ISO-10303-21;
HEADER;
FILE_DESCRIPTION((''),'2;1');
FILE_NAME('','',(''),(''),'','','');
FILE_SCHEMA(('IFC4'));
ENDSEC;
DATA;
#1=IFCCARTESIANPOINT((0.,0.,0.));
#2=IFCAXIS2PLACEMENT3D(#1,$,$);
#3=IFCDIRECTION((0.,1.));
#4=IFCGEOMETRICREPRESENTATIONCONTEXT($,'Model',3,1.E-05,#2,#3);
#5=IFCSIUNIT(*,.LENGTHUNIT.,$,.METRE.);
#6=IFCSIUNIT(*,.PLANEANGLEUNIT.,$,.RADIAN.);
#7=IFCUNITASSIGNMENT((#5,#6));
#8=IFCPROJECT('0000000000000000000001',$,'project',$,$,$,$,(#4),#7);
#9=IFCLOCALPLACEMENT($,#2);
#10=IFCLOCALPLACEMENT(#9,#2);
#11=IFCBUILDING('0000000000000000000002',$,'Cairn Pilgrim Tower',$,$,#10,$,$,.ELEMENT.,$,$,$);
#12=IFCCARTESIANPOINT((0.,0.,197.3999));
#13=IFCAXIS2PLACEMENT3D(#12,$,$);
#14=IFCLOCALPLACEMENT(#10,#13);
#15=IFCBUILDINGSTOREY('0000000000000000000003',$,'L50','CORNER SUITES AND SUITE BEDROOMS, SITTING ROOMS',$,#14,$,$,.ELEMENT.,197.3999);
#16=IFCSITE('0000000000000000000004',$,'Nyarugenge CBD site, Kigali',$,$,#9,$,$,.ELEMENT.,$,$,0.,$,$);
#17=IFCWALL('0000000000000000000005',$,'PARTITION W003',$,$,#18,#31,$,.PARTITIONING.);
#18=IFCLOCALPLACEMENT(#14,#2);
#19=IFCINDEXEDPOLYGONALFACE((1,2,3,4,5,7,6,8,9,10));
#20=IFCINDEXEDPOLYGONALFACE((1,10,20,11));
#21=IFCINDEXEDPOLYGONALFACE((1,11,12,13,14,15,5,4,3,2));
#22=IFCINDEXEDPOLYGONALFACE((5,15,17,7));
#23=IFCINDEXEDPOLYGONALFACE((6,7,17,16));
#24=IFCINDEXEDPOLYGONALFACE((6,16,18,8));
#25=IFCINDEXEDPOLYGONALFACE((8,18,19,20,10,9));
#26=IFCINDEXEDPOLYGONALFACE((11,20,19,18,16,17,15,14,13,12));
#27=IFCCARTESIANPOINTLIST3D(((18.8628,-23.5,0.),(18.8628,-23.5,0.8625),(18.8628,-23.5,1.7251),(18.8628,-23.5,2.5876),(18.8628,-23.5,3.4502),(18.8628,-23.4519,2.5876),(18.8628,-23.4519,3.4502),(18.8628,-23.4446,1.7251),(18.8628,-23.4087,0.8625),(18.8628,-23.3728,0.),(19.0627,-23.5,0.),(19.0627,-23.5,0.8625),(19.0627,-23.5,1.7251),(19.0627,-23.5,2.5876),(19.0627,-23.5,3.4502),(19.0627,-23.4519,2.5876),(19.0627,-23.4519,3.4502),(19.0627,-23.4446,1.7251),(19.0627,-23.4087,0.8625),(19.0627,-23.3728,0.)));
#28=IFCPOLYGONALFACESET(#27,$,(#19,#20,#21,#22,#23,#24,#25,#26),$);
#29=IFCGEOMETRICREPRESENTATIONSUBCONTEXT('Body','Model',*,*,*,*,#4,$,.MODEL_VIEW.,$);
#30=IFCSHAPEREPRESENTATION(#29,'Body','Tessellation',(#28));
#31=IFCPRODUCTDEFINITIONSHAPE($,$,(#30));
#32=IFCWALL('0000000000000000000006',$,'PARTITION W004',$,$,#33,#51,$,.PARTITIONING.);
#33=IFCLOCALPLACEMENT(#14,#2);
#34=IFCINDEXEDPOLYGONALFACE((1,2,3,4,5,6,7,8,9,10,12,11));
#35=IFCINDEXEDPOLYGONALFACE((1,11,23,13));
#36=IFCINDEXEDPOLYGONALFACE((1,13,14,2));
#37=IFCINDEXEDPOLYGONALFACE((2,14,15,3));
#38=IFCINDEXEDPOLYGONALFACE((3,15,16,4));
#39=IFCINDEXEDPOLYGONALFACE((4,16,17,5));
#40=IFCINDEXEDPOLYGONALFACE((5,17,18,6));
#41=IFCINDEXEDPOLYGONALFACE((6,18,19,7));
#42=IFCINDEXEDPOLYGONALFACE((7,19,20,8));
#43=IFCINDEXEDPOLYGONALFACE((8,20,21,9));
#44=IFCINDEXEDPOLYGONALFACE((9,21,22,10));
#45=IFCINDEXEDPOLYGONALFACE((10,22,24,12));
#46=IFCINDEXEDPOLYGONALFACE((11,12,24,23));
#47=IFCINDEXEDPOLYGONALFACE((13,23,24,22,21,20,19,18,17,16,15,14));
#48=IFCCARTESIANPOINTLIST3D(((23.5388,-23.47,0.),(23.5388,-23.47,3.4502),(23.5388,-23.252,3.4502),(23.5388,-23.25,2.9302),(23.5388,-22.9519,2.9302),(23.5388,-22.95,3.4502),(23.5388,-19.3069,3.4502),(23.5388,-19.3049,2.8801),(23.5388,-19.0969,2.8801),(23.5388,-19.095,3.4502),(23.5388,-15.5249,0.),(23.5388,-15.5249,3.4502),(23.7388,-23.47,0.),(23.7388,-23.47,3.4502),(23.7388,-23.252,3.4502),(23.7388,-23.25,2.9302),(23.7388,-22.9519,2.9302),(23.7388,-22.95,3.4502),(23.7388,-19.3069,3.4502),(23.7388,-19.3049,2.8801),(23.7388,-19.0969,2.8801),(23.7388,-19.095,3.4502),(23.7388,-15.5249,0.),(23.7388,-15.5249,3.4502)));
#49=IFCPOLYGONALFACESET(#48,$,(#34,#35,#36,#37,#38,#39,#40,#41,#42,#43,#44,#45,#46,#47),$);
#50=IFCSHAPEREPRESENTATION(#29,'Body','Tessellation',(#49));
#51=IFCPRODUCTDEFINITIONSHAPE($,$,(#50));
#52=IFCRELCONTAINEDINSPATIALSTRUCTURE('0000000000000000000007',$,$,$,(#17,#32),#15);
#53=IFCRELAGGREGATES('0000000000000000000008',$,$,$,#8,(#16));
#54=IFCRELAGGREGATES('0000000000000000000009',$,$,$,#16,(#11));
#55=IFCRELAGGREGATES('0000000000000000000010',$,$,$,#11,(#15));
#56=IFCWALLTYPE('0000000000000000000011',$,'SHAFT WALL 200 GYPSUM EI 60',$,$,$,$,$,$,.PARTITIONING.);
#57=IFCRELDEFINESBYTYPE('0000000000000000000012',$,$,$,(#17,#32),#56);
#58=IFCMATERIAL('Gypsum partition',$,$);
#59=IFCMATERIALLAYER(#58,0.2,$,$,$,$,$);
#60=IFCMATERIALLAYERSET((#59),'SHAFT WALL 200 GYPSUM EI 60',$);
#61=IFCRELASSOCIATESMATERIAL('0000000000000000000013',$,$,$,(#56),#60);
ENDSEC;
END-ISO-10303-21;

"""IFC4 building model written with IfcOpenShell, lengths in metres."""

from ifc_helpers import new_model, si_unit, direction, frame, origin, place, context, subcontext, project, spatial, polyline, outline, extrude, material, layer, layer_set, type_object, element, save


model = new_model("IFC4")

# Units and contexts
model_context = context("Model", 3, precision=1e-05, world=origin(), true_north=direction((0.0, 1.0)))
body_context = subcontext(model_context, "Body", "Model", "MODEL_VIEW")
ifc_project = project(units=[si_unit("LENGTHUNIT", "METRE"), si_unit("PLANEANGLEUNIT", "RADIAN")], contexts=[model_context])

# Site, building, storey
site_placement = place(None, origin())
site = spatial("IfcSite", under=ifc_project, at=site_placement, Name="Nyarugenge CBD site, Kigali", CompositionType="ELEMENT", RefElevation=0.0)
building_placement = place(site_placement, origin())
building = spatial("IfcBuilding", under=site, at=building_placement, Name="Cairn Pilgrim Tower", CompositionType="ELEMENT")
storey_placement = place(building_placement, frame((0.0, 0.0, 197.3999)))
storey = spatial("IfcBuildingStorey", under=building, at=storey_placement, Name="L50", Description="CORNER SUITES AND SUITE BEDROOMS, SITTING ROOMS", CompositionType="ELEMENT", Elevation=197.3999)

# Shared definitions
ifc_material_1 = material(Name="Gypsum partition")

# Walls
ifc_layer_1 = layer(ifc_material_1, 0.2)
ifc_layer_set_1 = layer_set([ifc_layer_1], Name="SHAFT WALL 200 GYPSUM EI 60")
wall_type_1 = type_object("IfcWallType", Name="SHAFT WALL 200 GYPSUM EI 60", PredefinedType="PARTITIONING", material=ifc_layer_set_1)
wall_1_placement = place(storey_placement, frame((18.9629, -23.5, 0.0), z_axis=(0.0, 0.0, 1.0), x_axis=(0.0, 1.0, 0.0)))
element("IfcWall", 1, at=wall_1_placement, inside=storey, type_object=wall_type_1, Name="PARTITION W003", PredefinedType="PARTITIONING", context=body_context, shape_type="SweptSolid", body=[
    extrude(outline(polyline([(0.0, 0.0), (0.1272, 0.0), (0.0913, 0.8625), (0.0554, 1.7251), (0.0481, 2.5876), (0.0481, 3.4502), (0.0, 3.4502), (0.0, 2.5876), (0.0, 1.7251), (0.0, 0.8625), (0.0, 0.0)])), frame((0.0, 0.1001, 0.0), z_axis=(0.0, -1.0, 0.0), x_axis=(1.0, 0.0, 0.0)), (0.0, 0.0, 1.0), 0.2),
])
wall_2_placement = place(storey_placement, frame((23.6389, -23.47, 0.0), z_axis=(0.0, 0.0, 1.0), x_axis=(0.0, 1.0, 0.0)))
element("IfcWall", 2, at=wall_2_placement, inside=storey, type_object=wall_type_1, Name="PARTITION W004", PredefinedType="PARTITIONING", context=body_context, shape_type="SweptSolid", body=[
    extrude(outline(polyline([(0.0, 0.0), (7.9451, 0.0), (7.9451, 3.4502), (4.375, 3.4502), (4.373, 2.8801), (4.165, 2.8801), (4.1631, 3.4502), (0.52, 3.4502), (0.5181, 2.9302), (0.22, 2.9302), (0.218, 3.4502), (0.0, 3.4502), (0.0, 0.0)])), frame((0.0, 0.1001, 0.0), z_axis=(0.0, -1.0, 0.0), x_axis=(1.0, 0.0, 0.0)), (0.0, 0.0, 1.0), 0.2),
])

save(model, "model.ifc")
